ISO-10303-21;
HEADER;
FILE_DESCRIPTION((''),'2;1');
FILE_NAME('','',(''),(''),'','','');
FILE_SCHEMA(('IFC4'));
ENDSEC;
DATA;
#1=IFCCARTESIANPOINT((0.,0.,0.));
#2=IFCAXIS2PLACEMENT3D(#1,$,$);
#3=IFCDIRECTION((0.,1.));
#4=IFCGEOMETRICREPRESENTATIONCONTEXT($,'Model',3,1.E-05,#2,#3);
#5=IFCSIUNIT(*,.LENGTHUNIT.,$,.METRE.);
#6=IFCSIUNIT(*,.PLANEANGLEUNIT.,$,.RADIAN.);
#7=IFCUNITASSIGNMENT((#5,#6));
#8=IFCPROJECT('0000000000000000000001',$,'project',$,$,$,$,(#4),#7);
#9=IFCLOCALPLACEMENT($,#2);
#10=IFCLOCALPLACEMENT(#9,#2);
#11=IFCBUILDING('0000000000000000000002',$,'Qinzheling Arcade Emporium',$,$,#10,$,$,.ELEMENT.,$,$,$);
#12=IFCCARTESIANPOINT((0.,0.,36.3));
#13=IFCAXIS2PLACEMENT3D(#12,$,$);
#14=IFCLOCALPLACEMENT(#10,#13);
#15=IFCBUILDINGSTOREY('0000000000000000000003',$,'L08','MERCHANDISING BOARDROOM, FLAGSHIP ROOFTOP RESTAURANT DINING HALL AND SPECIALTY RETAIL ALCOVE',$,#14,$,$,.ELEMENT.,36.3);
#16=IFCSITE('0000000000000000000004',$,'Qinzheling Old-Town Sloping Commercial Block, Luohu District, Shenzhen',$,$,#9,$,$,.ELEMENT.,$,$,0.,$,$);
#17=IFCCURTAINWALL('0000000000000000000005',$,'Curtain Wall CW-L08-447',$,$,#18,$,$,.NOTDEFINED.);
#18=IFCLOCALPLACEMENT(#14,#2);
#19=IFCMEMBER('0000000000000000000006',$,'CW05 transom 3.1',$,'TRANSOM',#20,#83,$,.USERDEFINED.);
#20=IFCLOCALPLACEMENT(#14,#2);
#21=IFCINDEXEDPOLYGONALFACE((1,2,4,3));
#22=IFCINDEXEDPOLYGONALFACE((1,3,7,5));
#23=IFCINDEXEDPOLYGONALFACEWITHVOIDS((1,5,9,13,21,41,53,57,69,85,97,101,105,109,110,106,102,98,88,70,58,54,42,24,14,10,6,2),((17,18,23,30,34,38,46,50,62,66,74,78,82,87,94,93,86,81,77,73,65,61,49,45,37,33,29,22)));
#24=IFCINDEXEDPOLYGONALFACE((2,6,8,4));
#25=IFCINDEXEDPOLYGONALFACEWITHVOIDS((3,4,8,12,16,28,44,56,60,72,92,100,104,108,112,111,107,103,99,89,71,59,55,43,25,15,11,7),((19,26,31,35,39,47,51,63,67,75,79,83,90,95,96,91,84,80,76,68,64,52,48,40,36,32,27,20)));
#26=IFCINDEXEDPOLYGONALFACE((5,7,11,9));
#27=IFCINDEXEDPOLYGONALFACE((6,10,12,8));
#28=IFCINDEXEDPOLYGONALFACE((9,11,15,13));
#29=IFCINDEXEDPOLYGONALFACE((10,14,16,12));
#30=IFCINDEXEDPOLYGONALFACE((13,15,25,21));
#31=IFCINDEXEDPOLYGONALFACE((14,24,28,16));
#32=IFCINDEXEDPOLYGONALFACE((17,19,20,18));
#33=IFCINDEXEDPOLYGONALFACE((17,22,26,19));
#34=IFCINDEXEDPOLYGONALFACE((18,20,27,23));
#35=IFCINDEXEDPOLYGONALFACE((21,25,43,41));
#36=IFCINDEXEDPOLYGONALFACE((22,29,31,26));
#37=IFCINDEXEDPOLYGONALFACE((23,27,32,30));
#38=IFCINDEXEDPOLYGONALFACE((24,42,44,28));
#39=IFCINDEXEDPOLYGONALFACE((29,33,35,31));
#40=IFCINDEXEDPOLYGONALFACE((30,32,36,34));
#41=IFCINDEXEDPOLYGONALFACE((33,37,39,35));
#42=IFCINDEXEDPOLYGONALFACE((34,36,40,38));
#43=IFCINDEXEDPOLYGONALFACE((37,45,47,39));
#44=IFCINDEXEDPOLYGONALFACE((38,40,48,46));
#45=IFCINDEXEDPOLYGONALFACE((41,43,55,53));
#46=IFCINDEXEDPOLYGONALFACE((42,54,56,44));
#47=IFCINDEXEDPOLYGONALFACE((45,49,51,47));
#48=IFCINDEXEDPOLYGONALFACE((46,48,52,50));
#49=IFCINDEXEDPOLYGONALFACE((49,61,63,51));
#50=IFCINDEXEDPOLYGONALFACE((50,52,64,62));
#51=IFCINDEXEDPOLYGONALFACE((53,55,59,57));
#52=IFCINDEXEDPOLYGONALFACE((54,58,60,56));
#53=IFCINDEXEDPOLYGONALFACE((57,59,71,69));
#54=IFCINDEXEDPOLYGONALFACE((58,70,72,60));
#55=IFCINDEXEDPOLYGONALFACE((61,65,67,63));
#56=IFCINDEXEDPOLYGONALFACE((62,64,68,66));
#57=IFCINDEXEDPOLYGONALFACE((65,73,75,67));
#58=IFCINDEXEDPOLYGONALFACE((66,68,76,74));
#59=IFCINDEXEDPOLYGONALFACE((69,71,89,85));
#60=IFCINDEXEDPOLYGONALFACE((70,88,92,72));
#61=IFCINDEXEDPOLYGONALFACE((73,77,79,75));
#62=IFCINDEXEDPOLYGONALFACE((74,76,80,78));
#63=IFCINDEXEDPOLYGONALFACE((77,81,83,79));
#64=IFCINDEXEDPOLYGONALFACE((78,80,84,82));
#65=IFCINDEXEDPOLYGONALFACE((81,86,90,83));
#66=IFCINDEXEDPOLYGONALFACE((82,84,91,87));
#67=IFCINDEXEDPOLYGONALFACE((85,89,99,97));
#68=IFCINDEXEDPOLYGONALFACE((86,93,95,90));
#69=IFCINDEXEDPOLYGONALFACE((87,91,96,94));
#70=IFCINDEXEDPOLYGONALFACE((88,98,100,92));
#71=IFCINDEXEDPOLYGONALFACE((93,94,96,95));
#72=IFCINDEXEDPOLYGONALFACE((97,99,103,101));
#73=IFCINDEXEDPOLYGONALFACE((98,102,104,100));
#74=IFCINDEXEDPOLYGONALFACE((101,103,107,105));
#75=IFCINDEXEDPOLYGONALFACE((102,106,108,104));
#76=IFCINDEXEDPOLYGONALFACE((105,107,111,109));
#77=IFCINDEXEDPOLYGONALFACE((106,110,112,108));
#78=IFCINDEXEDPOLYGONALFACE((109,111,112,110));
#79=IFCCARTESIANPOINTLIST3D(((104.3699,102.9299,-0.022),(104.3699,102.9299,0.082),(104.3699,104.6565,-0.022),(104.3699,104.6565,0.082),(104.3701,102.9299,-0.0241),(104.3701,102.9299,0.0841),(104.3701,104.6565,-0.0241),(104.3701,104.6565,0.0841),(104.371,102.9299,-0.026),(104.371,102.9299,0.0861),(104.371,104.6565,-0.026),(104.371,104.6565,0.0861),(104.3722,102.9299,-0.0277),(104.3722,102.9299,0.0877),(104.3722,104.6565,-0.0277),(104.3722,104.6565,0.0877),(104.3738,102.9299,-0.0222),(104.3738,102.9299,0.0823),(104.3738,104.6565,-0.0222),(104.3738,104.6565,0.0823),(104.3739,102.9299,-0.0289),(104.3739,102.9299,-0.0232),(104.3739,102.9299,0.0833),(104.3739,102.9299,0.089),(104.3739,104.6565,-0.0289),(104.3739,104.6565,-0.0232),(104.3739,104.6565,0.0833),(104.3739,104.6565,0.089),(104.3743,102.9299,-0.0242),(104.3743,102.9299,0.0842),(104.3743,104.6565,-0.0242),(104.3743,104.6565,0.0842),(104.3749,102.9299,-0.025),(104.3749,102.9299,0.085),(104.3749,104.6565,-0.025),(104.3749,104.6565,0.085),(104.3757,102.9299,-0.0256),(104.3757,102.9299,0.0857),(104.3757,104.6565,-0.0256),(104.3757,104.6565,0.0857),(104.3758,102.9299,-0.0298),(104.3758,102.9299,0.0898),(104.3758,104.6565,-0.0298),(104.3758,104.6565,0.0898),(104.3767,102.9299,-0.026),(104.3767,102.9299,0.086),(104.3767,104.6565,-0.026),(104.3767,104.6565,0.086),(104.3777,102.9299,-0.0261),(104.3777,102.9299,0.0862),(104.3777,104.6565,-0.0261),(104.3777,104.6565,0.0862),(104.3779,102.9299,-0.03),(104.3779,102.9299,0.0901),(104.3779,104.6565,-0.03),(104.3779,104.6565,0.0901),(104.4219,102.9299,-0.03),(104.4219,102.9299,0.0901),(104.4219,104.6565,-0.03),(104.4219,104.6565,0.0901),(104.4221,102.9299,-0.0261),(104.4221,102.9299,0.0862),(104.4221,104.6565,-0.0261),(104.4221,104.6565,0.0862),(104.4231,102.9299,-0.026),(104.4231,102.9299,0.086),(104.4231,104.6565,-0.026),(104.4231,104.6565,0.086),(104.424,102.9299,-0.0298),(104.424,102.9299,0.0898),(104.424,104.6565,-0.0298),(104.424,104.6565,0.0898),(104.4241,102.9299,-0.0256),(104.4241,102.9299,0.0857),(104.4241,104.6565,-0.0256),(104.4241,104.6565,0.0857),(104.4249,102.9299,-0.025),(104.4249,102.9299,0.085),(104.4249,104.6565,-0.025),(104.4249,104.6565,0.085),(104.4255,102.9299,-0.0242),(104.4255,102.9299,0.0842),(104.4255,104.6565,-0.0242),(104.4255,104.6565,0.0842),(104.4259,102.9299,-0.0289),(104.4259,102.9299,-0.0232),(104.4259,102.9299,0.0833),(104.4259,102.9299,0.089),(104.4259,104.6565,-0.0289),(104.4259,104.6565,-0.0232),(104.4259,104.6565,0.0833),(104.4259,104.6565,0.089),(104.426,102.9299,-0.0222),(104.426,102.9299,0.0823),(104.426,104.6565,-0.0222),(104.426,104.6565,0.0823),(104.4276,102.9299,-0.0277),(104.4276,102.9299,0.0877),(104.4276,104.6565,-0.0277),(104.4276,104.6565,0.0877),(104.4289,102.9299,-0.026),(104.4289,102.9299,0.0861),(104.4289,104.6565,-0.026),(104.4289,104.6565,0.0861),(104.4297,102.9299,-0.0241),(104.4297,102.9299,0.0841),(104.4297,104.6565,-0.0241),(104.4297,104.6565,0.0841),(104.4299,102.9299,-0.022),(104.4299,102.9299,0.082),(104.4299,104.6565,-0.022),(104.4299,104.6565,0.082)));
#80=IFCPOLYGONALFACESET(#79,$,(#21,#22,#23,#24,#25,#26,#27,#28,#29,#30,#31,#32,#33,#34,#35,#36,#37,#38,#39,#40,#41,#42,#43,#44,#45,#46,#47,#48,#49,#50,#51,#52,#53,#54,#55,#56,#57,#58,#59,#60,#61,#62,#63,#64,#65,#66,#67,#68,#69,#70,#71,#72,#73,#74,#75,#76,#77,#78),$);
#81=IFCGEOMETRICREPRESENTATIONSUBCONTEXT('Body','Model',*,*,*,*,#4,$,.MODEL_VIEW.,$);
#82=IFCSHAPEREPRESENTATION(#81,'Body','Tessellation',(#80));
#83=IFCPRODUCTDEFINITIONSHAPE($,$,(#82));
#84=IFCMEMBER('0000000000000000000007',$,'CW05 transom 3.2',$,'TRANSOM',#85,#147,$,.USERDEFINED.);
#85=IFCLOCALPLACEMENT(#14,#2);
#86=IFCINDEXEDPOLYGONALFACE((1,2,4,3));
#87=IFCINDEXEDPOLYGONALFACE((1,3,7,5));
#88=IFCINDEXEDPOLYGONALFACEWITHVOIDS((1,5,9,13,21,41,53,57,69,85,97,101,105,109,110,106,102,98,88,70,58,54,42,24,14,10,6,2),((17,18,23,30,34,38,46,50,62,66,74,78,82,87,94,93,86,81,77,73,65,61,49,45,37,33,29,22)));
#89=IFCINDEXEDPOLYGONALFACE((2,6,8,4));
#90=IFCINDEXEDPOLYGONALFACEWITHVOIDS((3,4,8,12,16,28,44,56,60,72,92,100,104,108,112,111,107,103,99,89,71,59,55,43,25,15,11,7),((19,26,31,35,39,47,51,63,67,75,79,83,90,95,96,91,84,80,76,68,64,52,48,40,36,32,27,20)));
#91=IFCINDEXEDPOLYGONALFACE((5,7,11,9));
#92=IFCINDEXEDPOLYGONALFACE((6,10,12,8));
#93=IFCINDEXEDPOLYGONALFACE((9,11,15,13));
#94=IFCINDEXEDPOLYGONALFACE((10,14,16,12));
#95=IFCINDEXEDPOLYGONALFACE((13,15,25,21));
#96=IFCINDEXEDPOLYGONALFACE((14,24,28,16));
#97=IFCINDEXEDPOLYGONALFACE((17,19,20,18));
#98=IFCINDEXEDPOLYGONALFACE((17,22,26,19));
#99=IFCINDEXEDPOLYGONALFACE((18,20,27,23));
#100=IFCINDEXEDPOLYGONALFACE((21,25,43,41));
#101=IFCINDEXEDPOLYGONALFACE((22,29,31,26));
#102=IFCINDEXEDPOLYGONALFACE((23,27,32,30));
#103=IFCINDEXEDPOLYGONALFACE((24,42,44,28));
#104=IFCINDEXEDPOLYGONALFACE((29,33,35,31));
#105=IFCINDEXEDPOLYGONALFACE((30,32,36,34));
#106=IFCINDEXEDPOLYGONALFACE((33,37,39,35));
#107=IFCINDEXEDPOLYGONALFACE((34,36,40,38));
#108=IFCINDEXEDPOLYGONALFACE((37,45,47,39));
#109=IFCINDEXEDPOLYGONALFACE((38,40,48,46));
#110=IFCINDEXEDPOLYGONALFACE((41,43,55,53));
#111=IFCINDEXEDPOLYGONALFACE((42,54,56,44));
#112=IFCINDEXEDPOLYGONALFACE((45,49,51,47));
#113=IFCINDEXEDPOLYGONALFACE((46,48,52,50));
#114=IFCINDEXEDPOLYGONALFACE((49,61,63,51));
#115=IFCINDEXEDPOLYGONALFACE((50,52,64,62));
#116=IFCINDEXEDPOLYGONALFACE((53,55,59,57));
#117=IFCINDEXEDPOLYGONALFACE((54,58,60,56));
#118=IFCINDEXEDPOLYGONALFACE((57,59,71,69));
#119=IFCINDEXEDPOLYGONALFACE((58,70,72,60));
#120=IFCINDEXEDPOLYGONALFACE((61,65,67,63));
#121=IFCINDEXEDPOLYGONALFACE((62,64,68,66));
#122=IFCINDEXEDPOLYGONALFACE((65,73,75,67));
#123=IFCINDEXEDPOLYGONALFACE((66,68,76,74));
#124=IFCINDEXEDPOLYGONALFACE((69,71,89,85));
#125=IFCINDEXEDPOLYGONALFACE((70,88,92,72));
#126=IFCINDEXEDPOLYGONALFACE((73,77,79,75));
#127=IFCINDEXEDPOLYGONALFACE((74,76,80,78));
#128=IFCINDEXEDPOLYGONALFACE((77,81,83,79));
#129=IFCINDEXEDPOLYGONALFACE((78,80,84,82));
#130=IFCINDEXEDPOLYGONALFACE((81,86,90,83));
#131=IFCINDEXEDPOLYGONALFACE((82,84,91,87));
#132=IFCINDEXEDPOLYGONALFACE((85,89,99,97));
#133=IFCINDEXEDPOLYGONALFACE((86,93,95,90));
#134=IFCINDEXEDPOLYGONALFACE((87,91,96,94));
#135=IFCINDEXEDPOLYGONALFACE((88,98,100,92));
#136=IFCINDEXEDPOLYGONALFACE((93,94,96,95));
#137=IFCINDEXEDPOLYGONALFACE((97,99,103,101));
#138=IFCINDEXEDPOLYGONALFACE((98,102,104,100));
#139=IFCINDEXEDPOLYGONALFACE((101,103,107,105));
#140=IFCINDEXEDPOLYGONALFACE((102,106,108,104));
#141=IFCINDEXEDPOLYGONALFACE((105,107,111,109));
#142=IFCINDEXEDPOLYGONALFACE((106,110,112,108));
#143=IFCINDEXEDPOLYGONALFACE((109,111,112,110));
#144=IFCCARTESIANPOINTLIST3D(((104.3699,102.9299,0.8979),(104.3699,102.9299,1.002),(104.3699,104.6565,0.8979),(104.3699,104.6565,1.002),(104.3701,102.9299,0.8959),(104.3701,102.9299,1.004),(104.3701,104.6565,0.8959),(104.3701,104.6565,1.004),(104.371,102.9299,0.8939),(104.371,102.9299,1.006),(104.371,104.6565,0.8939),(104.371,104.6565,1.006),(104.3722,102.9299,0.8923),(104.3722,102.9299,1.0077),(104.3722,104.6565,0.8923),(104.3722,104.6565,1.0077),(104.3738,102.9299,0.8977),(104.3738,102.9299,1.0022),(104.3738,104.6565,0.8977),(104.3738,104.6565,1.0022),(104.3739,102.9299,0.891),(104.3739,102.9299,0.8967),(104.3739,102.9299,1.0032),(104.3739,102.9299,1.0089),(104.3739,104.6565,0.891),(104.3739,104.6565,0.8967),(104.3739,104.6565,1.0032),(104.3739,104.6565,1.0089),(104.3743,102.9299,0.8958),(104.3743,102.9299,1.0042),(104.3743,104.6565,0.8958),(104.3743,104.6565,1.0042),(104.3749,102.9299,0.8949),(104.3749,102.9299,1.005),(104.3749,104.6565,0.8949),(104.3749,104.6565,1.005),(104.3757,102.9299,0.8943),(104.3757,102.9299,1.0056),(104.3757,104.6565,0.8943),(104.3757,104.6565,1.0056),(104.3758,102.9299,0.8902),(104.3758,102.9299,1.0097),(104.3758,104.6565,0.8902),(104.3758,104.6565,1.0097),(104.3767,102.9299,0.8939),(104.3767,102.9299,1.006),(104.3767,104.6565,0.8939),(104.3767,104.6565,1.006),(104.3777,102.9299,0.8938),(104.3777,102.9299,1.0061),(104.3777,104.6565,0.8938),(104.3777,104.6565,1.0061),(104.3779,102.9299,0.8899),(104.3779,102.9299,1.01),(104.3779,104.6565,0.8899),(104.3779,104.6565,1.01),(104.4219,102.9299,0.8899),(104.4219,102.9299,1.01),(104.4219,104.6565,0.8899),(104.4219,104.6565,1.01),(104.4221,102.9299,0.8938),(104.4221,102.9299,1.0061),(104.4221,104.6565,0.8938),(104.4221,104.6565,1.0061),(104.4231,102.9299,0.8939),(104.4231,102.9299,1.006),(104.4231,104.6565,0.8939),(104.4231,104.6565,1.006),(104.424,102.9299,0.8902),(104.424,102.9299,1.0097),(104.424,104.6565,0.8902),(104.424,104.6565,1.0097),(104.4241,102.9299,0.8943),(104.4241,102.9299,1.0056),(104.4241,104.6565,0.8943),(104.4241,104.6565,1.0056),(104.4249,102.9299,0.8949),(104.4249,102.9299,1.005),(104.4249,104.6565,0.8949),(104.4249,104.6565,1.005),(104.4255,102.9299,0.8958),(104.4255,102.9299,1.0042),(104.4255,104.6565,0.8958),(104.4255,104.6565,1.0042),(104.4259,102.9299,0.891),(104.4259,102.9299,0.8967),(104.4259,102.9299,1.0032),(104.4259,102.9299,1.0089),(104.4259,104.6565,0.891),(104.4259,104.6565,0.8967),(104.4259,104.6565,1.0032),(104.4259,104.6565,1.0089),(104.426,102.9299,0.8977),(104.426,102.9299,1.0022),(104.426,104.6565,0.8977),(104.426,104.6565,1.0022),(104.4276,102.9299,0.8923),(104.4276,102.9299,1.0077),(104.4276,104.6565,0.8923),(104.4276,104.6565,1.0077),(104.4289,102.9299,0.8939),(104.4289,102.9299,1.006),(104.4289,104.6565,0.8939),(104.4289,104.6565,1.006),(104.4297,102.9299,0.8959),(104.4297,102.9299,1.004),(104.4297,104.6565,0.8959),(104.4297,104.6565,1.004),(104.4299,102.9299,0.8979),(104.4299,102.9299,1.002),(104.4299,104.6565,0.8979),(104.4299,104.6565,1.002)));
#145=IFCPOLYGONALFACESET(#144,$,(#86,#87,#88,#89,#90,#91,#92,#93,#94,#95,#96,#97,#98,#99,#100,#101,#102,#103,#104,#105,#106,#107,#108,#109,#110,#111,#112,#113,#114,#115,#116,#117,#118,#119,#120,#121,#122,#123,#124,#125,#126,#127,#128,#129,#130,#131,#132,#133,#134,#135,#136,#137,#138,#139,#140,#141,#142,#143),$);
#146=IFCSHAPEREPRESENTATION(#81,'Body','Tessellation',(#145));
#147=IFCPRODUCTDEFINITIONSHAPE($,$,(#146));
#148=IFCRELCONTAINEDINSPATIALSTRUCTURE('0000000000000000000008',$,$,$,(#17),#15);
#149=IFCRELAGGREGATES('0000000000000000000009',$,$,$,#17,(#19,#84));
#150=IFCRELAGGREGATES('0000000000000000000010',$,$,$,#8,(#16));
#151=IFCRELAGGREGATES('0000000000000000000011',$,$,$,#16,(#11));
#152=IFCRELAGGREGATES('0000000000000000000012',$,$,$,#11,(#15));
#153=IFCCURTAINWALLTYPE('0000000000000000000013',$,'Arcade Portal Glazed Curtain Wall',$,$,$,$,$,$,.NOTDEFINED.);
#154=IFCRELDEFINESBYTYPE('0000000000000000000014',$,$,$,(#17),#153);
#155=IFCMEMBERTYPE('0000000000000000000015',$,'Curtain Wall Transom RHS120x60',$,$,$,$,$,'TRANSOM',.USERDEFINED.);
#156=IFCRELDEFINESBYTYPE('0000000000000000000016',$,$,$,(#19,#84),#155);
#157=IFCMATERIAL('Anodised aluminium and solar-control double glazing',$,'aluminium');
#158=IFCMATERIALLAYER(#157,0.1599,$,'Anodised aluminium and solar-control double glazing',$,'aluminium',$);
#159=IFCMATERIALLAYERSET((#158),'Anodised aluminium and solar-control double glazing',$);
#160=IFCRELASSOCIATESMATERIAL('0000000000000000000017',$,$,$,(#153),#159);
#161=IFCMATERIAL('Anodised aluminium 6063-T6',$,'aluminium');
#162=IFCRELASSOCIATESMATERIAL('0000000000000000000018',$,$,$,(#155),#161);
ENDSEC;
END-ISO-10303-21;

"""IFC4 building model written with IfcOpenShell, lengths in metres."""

from ifc_helpers import new_model, si_unit, direction, frame, origin, origin_2d, place, context, subcontext, project, spatial, hollow_rectangle, extrude, material, layer, layer_set, material_profile, profile_set, type_object, element, aggregate, save


model = new_model("IFC4")

# Units and contexts
model_context = context("Model", 3, precision=1e-05, world=origin(), true_north=direction((0.0, 1.0)))
body_context = subcontext(model_context, "Body", "Model", "MODEL_VIEW")
ifc_project = project(units=[si_unit("LENGTHUNIT", "METRE"), si_unit("PLANEANGLEUNIT", "RADIAN")], contexts=[model_context])

# Site, building, storey
site_placement = place(None, origin())
site = spatial("IfcSite", under=ifc_project, at=site_placement, Name="Qinzheling Old-Town Sloping Commercial Block, Luohu District, Shenzhen", CompositionType="ELEMENT", RefElevation=0.0)
building_placement = place(site_placement, origin())
building = spatial("IfcBuilding", under=site, at=building_placement, Name="Qinzheling Arcade Emporium", CompositionType="ELEMENT")
storey_placement = place(building_placement, frame((0.0, 0.0, 36.3)))
storey = spatial("IfcBuildingStorey", under=building, at=storey_placement, Name="L08", Description="MERCHANDISING BOARDROOM, FLAGSHIP ROOFTOP RESTAURANT DINING HALL AND SPECIALTY RETAIL ALCOVE", CompositionType="ELEMENT", Elevation=36.3)

# Curtain wall, members
ifc_material_1 = material(Name="Anodised aluminium and solar-control double glazing", Category="aluminium")
ifc_layer_1 = layer(ifc_material_1, 0.1599, Name="Anodised aluminium and solar-control double glazing", Category="aluminium")
ifc_layer_set_1 = layer_set([ifc_layer_1], Name="Anodised aluminium and solar-control double glazing")
curtain_wall_type = type_object("IfcCurtainWallType", Name="Arcade Portal Glazed Curtain Wall", PredefinedType="NOTDEFINED", material=ifc_layer_set_1)
curtain_wall_placement = place(storey_placement, origin())
curtain_wall = element("IfcCurtainWall", 1, at=curtain_wall_placement, inside=storey, type_object=curtain_wall_type, Name="Curtain Wall CW-L08-447", PredefinedType="NOTDEFINED")
ifc_material_2 = material(Name="Anodised aluminium 6063-T6", Category="aluminium")
ifc_material_profile_1 = material_profile(ifc_material_2, hollow_rectangle(XDim=0.0601, YDim=0.1201, WallThickness=0.0039, InnerFilletRadius=0.0039, OuterFilletRadius=0.0081, at=origin_2d()), Name="RHS 120x60x4", Category="aluminium")
ifc_profile_set_1 = profile_set([ifc_material_profile_1], Name="Anodised aluminium 6063-T6")
member_type_1 = type_object("IfcMemberType", Name="Curtain Wall Transom RHS120x60", ElementType="TRANSOM", PredefinedType="USERDEFINED", material=ifc_profile_set_1)
member_1_placement = place(storey_placement, frame((104.3999, 102.9299, 0.03), z_axis=(0.0, 1.0, 0.0), x_axis=(-1.0, 0.0, 0.0)))
member_1 = element("IfcMember", 2, at=member_1_placement, type_object=member_type_1, Name="CW05 transom 3.1", ObjectType="TRANSOM", PredefinedType="USERDEFINED", context=body_context, shape_type="SweptSolid", body=[
    extrude(hollow_rectangle(XDim=0.0601, YDim=0.1201, WallThickness=0.0039, InnerFilletRadius=0.0039, OuterFilletRadius=0.0081, at=origin_2d()), origin(), (0.0, 0.0, 1.0), 1.7266),
])
member_2_placement = place(storey_placement, frame((104.3999, 102.9299, 0.95), z_axis=(0.0, 1.0, 0.0), x_axis=(-1.0, 0.0, 0.0)))
member_2 = element("IfcMember", 3, at=member_2_placement, type_object=member_type_1, Name="CW05 transom 3.2", ObjectType="TRANSOM", PredefinedType="USERDEFINED", context=body_context, shape_type="SweptSolid", body=[
    extrude(hollow_rectangle(XDim=0.0601, YDim=0.1201, WallThickness=0.0039, InnerFilletRadius=0.0039, OuterFilletRadius=0.0081, at=origin_2d()), origin(), (0.0, 0.0, 1.0), 1.7266),
])

aggregate(curtain_wall, [member_1, member_2])

save(model, "model.ifc")
